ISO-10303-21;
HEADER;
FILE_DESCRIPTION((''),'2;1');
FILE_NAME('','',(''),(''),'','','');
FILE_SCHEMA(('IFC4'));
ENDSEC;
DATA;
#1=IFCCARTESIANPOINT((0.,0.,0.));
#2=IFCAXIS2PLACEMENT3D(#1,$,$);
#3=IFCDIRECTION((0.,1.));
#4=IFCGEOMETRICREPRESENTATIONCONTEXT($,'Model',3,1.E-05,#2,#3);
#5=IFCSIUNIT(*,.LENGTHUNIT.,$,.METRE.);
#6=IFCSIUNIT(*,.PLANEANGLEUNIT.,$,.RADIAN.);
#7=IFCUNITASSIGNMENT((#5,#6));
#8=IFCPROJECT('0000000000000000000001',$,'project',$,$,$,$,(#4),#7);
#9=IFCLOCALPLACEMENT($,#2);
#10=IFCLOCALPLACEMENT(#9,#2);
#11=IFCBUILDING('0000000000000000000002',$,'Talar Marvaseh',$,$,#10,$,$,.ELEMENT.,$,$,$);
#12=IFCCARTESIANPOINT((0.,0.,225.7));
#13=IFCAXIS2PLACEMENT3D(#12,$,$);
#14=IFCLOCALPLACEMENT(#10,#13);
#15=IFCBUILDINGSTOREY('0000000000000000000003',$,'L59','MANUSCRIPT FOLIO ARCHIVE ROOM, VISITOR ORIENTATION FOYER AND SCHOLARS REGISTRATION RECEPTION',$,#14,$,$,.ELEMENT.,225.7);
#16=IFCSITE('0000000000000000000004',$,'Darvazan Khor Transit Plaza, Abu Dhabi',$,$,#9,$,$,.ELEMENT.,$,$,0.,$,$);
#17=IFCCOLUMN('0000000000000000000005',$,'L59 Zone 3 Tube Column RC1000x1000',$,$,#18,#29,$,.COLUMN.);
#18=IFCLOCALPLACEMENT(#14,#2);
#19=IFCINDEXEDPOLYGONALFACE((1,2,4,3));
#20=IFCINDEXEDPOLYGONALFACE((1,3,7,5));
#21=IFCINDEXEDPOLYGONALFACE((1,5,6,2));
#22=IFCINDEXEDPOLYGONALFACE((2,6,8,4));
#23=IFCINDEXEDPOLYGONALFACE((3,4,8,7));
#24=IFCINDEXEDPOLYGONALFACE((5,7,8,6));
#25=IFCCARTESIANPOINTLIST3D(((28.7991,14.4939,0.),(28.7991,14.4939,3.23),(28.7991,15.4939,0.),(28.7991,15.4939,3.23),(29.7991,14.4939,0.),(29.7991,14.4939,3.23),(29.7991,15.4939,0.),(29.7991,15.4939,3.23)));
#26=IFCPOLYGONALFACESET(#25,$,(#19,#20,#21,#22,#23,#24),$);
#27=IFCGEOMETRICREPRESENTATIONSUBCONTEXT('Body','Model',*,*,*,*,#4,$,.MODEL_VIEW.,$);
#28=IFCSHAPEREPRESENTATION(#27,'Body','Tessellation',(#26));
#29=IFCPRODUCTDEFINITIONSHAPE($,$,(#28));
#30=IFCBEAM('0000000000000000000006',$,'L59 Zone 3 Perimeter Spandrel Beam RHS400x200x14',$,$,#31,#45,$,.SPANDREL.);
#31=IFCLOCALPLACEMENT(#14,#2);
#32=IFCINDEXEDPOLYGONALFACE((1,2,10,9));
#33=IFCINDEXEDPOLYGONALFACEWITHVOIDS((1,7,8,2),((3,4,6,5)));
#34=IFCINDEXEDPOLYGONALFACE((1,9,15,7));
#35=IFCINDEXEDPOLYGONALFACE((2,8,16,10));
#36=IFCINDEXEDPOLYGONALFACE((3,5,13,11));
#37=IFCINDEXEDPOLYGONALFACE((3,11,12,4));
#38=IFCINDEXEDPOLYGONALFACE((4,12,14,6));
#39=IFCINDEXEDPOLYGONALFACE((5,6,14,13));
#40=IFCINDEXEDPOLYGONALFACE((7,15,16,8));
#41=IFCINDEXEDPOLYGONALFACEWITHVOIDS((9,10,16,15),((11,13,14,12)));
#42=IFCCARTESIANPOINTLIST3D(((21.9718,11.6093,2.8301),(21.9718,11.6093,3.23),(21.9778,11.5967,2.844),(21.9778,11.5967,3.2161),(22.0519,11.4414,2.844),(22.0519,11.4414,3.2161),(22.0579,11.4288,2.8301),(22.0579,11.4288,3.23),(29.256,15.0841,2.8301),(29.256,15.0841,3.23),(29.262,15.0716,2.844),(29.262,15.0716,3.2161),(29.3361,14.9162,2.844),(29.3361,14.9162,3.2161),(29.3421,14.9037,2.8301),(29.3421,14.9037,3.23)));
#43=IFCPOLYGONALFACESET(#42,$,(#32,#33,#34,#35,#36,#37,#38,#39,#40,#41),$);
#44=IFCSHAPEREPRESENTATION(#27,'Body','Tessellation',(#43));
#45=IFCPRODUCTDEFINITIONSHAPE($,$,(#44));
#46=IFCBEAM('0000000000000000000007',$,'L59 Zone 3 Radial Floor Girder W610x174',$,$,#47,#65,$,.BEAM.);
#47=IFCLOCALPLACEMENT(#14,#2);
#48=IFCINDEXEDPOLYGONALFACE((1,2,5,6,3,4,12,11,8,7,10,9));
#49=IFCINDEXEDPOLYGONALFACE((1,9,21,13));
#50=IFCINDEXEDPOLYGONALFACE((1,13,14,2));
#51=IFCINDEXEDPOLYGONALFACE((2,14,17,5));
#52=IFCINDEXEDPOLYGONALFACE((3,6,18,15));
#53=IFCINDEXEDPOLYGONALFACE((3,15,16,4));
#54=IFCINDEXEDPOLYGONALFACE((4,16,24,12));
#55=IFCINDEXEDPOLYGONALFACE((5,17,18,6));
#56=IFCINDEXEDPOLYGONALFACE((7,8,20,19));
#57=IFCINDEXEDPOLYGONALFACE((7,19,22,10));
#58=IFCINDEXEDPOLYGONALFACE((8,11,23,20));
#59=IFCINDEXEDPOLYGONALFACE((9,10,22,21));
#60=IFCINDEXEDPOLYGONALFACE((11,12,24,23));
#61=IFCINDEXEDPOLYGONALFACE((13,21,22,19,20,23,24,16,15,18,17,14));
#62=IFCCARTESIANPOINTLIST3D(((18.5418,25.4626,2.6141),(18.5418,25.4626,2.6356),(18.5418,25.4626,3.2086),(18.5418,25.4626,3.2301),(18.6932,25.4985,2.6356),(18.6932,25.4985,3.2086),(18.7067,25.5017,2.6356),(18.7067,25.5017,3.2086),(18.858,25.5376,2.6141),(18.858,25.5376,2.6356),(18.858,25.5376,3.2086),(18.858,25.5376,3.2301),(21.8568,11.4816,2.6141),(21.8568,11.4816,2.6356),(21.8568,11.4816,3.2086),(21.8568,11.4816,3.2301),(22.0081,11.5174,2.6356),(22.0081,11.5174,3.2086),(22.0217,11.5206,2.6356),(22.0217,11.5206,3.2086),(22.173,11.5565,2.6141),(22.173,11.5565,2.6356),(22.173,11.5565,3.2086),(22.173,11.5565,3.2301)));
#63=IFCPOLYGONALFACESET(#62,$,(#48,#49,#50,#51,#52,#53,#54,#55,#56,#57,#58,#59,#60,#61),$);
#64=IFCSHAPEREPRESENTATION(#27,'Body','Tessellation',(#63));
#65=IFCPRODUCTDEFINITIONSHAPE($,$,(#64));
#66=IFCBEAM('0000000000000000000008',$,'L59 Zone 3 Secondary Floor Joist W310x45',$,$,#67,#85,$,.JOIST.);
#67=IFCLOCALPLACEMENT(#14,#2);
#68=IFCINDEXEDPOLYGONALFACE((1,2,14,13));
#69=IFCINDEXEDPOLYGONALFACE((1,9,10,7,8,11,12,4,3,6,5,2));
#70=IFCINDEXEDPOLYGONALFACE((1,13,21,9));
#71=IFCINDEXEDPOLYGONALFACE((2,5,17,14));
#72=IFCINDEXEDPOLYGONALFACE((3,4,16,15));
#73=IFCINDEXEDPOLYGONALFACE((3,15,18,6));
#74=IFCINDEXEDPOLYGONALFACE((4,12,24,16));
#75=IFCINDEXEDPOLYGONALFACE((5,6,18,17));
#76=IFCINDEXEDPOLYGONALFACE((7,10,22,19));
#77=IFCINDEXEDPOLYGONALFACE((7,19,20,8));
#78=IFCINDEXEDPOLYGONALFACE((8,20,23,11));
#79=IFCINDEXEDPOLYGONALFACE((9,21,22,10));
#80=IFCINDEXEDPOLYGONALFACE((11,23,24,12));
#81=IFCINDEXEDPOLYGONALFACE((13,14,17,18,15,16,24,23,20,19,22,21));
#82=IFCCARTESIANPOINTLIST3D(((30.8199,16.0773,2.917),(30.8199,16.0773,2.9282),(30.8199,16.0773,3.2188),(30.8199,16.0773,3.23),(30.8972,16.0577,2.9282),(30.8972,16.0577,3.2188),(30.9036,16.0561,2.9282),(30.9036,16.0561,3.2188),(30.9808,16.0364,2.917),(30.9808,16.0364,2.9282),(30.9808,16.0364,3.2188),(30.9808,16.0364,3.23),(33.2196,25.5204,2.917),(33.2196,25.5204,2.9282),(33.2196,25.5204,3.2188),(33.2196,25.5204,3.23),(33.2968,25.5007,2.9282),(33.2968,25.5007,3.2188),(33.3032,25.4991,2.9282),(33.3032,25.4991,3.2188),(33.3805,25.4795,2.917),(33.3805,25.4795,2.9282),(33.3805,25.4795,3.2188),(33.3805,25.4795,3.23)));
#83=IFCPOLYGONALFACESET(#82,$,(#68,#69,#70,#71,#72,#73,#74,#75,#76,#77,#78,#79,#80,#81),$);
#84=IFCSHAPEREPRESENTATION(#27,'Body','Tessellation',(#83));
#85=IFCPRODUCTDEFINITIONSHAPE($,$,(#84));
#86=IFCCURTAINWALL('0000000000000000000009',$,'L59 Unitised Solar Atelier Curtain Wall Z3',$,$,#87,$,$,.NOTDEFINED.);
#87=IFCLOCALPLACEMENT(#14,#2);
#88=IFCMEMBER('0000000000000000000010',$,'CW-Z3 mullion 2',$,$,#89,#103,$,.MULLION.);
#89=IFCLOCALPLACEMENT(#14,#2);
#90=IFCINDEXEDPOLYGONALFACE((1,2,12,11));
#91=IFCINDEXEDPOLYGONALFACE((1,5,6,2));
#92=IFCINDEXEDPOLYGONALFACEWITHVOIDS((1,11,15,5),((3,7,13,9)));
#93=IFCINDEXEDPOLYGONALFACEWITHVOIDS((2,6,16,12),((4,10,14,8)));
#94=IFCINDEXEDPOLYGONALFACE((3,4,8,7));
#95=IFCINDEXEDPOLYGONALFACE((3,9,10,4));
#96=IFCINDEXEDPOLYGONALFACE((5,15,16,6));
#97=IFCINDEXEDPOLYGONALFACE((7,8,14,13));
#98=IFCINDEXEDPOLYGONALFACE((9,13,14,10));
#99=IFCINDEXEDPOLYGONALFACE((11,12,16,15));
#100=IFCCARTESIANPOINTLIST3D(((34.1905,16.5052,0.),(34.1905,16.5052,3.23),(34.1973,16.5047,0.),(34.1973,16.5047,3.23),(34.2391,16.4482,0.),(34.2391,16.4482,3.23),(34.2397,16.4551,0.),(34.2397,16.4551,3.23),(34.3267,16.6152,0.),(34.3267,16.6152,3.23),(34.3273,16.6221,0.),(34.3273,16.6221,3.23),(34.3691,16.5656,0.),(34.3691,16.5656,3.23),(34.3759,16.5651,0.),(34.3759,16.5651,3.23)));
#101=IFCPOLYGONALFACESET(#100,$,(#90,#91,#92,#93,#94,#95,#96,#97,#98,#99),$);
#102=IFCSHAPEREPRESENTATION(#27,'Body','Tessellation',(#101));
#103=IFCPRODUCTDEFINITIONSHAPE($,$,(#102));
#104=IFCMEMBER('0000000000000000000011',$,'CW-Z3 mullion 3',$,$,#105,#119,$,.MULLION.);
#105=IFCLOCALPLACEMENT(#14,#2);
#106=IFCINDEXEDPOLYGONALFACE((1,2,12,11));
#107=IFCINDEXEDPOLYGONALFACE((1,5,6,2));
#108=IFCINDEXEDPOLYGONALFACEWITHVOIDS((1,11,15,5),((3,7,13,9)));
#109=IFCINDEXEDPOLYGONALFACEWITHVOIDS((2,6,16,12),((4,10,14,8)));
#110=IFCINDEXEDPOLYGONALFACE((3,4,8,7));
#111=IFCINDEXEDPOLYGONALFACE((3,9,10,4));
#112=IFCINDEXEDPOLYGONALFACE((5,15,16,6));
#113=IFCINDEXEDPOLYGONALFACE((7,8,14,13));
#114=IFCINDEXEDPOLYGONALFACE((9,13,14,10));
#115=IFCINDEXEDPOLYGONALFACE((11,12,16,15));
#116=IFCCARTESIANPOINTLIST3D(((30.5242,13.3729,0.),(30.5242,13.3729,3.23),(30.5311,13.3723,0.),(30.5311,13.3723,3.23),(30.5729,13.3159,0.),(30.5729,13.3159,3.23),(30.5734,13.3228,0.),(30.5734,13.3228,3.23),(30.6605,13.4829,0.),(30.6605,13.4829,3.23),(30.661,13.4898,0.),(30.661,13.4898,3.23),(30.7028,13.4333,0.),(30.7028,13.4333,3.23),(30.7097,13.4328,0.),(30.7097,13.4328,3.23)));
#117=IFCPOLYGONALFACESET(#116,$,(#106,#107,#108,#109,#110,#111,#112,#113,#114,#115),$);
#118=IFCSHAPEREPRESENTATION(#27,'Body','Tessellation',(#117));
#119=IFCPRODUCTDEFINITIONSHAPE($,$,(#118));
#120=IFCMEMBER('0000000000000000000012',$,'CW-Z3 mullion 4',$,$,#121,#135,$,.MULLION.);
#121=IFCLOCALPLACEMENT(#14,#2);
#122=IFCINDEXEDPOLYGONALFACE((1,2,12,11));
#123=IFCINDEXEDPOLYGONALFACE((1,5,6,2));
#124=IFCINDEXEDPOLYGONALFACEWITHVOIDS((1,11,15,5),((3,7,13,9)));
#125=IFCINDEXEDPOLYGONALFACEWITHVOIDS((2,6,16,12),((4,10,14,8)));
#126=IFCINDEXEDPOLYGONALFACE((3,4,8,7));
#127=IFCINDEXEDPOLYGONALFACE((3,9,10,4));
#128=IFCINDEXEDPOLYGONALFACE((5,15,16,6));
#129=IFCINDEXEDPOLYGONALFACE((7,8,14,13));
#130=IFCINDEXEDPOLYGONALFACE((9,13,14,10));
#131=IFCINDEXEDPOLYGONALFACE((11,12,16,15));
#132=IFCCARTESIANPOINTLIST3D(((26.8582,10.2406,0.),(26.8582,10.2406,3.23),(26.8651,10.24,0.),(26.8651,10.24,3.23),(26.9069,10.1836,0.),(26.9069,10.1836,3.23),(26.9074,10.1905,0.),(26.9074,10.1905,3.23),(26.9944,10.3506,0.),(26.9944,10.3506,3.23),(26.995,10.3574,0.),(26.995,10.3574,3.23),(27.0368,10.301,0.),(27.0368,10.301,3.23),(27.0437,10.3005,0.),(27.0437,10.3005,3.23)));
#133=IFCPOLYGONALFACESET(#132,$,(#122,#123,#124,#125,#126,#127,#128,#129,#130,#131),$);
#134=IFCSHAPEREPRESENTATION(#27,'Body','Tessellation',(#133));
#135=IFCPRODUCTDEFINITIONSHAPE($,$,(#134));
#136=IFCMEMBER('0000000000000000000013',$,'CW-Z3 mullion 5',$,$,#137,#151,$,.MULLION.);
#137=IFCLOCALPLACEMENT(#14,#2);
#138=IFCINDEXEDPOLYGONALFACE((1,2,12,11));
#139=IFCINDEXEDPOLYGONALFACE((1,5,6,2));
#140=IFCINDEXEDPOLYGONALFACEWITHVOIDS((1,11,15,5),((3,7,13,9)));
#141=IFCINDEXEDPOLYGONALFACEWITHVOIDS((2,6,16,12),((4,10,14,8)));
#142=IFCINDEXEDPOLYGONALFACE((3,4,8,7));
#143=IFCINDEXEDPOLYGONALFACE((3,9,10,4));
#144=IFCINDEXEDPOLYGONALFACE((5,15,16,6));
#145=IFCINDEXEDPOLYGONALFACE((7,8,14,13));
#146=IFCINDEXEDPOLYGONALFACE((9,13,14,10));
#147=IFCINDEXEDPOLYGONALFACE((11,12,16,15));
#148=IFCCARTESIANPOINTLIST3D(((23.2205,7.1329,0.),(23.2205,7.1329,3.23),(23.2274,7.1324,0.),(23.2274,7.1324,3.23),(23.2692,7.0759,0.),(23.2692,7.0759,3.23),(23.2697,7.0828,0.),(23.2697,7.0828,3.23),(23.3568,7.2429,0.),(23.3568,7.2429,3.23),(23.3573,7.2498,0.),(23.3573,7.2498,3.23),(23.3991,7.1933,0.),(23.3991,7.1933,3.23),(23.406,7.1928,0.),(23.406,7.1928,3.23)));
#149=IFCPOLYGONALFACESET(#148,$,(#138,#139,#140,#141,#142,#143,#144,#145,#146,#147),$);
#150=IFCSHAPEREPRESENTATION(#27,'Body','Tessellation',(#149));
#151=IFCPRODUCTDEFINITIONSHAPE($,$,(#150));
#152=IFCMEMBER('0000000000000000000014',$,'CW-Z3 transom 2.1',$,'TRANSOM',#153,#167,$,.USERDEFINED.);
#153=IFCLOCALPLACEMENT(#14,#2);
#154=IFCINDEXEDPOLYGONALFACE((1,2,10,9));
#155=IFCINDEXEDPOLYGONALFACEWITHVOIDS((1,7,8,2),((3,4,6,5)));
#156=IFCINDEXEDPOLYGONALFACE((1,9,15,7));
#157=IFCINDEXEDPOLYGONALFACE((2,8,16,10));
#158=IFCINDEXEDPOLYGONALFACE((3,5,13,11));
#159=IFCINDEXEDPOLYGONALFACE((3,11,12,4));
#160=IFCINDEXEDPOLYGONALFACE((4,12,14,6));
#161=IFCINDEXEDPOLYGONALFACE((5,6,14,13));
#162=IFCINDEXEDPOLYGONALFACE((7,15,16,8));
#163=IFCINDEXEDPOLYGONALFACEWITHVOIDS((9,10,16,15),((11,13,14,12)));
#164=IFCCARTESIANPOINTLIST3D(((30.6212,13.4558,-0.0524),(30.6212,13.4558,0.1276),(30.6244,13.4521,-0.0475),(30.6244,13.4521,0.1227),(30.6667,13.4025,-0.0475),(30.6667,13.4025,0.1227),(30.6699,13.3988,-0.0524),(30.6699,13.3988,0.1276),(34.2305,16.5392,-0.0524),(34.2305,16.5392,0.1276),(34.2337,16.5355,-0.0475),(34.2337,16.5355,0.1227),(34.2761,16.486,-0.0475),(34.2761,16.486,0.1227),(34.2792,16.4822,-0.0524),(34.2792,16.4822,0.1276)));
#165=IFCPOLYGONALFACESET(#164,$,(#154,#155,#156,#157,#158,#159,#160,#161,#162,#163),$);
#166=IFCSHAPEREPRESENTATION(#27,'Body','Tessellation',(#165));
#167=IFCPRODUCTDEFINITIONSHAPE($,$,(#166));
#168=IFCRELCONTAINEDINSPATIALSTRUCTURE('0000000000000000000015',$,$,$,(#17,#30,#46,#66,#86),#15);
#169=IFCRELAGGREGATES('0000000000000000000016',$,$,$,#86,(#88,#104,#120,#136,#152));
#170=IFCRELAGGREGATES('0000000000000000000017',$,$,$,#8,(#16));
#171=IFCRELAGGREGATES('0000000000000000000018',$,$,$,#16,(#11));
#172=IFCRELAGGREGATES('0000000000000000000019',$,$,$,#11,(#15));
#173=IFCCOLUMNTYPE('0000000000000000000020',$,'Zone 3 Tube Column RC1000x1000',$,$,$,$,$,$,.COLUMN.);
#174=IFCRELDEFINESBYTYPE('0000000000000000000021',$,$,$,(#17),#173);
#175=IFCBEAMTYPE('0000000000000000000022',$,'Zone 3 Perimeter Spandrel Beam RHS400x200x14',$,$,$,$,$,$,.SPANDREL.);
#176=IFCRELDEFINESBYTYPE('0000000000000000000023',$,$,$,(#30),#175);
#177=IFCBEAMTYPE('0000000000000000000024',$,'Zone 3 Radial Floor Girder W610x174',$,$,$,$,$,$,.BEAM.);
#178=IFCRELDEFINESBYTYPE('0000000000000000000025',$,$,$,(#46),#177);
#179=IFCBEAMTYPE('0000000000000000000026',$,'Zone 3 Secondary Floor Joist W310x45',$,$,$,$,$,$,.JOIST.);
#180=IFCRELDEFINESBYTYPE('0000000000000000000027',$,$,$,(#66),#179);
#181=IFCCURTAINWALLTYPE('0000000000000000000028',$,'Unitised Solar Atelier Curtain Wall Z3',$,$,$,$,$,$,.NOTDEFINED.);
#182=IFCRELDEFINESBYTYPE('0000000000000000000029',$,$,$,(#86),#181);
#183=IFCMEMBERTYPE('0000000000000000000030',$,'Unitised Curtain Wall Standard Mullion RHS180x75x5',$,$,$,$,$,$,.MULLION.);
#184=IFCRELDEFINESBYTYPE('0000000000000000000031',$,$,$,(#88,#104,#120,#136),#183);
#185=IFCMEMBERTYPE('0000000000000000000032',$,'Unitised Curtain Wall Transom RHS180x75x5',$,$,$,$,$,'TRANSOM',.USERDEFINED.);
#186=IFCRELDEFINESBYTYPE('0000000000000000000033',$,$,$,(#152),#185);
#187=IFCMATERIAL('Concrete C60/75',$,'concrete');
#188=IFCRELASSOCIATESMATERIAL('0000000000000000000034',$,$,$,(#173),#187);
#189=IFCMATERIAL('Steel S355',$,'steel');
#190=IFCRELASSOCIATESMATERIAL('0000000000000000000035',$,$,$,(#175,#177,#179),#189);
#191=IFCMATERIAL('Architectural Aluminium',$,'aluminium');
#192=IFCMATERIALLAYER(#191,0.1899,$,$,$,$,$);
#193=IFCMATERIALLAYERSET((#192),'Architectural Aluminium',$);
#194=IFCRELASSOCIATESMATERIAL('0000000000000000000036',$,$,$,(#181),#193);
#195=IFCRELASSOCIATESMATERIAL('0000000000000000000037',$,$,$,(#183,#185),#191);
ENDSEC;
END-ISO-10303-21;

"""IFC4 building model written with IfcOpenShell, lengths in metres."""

from ifc_helpers import new_model, si_unit, direction, frame, origin, origin_2d, place, context, subcontext, project, spatial, rectangle, hollow_rectangle, i_section, extrude, source, transform, mapped, material, layer, layer_set, material_profile, profile_set, type_object, type_shapes, element, aggregate, save


model = new_model("IFC4")

# Units and contexts
model_context = context("Model", 3, precision=1e-05, world=origin(), true_north=direction((0.0, 1.0)))
body_context = subcontext(model_context, "Body", "Model", "MODEL_VIEW")
ifc_project = project(units=[si_unit("LENGTHUNIT", "METRE"), si_unit("PLANEANGLEUNIT", "RADIAN")], contexts=[model_context])

# Site, building, storey
site_placement = place(None, origin())
site = spatial("IfcSite", under=ifc_project, at=site_placement, Name="Darvazan Khor Transit Plaza, Abu Dhabi", CompositionType="ELEMENT", RefElevation=0.0)
building_placement = place(site_placement, origin())
building = spatial("IfcBuilding", under=site, at=building_placement, Name="Talar Marvaseh", CompositionType="ELEMENT")
storey_placement = place(building_placement, frame((0.0, 0.0, 225.7)))
storey = spatial("IfcBuildingStorey", under=building, at=storey_placement, Name="L59", Description="MANUSCRIPT FOLIO ARCHIVE ROOM, VISITOR ORIENTATION FOYER AND SCHOLARS REGISTRATION RECEPTION", CompositionType="ELEMENT", Elevation=225.7)

# Column
ifc_material_1 = material(Name="Concrete C60/75", Category="concrete")
ifc_material_profile_1 = material_profile(ifc_material_1, rectangle(XDim=1.0, YDim=1.0, at=origin_2d()), Name="RC1000x1000")
ifc_profile_set_1 = profile_set([ifc_material_profile_1], Name="Concrete C60/75")
column_type = type_object("IfcColumnType", Name="Zone 3 Tube Column RC1000x1000", PredefinedType="COLUMN", material=ifc_profile_set_1)
column_placement = place(storey_placement, frame((29.2991, 14.9939, 0.0), z_axis=(0.0, 0.0, 1.0), x_axis=(1.0, 0.0, 0.0)))
element("IfcColumn", 1, at=column_placement, inside=storey, type_object=column_type, Name="L59 Zone 3 Tube Column RC1000x1000", PredefinedType="COLUMN", context=body_context, shape_type="SweptSolid", body=[
    extrude(rectangle(XDim=1.0, YDim=1.0, at=origin_2d()), origin(), (0.0, 0.0, 1.0), 3.23),
])

# Beams
ifc_material_2 = material(Name="Steel S355", Category="steel")
ifc_material_profile_2 = material_profile(ifc_material_2, hollow_rectangle(XDim=0.2, YDim=0.3999, WallThickness=0.0139, at=origin_2d()), Name="RHS400x200x14")
ifc_profile_set_2 = profile_set([ifc_material_profile_2], Name="Steel S355")
beam_type_1 = type_object("IfcBeamType", Name="Zone 3 Perimeter Spandrel Beam RHS400x200x14", PredefinedType="SPANDREL", material=ifc_profile_set_2)
beam_1_placement = place(storey_placement, frame((29.2991, 14.9939, 3.03), z_axis=(-0.902562, -0.430559, 0.0), x_axis=(0.430559, -0.902562, 0.0)))
element("IfcBeam", 2, at=beam_1_placement, inside=storey, type_object=beam_type_1, Name="L59 Zone 3 Perimeter Spandrel Beam RHS400x200x14", PredefinedType="SPANDREL", context=body_context, shape_type="SweptSolid", body=[
    extrude(hollow_rectangle(XDim=0.2, YDim=0.3999, WallThickness=0.0139, at=origin_2d()), origin(), (0.0, 0.0, 1.0), 8.0706),
])
ifc_material_profile_3 = material_profile(ifc_material_2, i_section(OverallWidth=0.325, OverallDepth=0.616, WebThickness=0.0139, FlangeThickness=0.0215, at=origin_2d()), Name="W610x174")
ifc_profile_set_3 = profile_set([ifc_material_profile_3], Name="Steel S355")
beam_type_2 = type_object("IfcBeamType", Name="Zone 3 Radial Floor Girder W610x174", PredefinedType="BEAM", material=ifc_profile_set_3)
beam_2_placement = place(storey_placement, frame((22.0149, 11.519, 2.9221), z_axis=(-0.230708, 0.973023, 0.0), x_axis=(-0.973023, -0.230708, 0.0)))
element("IfcBeam", 3, at=beam_2_placement, inside=storey, type_object=beam_type_2, Name="L59 Zone 3 Radial Floor Girder W610x174", PredefinedType="BEAM", context=body_context, shape_type="SweptSolid", body=[
    extrude(i_section(OverallWidth=0.325, OverallDepth=0.616, WebThickness=0.0139, FlangeThickness=0.0215, at=origin_2d()), origin(), (0.0, 0.0, 1.0), 14.3687),
])
ifc_material_profile_4 = material_profile(ifc_material_2, i_section(OverallWidth=0.166, OverallDepth=0.313, WebThickness=0.0066, FlangeThickness=0.0112, at=origin_2d()), Name="W310x45")
ifc_profile_set_4 = profile_set([ifc_material_profile_4], Name="Steel S355")
beam_type_3 = type_object("IfcBeamType", Name="Zone 3 Secondary Floor Joist W310x45", PredefinedType="JOIST", material=ifc_profile_set_4)
beam_3_placement = place(storey_placement, frame((30.9004, 16.0569, 3.0735), z_axis=(0.246289, 0.969196, 0.0), x_axis=(-0.969196, 0.246289, 0.0)))
element("IfcBeam", 4, at=beam_3_placement, inside=storey, type_object=beam_type_3, Name="L59 Zone 3 Secondary Floor Joist W310x45", PredefinedType="JOIST", context=body_context, shape_type="SweptSolid", body=[
    extrude(i_section(OverallWidth=0.166, OverallDepth=0.313, WebThickness=0.0066, FlangeThickness=0.0112, at=origin_2d()), origin(), (0.0, 0.0, 1.0), 9.7432),
])

# Curtain wall, members
ifc_material_3 = material(Name="Architectural Aluminium", Category="aluminium")
ifc_layer_1 = layer(ifc_material_3, 0.1899)
ifc_layer_set_1 = layer_set([ifc_layer_1], Name="Architectural Aluminium")
curtain_wall_type = type_object("IfcCurtainWallType", Name="Unitised Solar Atelier Curtain Wall Z3", PredefinedType="NOTDEFINED", material=ifc_layer_set_1)
curtain_wall_placement = place(storey_placement, origin())
curtain_wall = element("IfcCurtainWall", 5, at=curtain_wall_placement, inside=storey, type_object=curtain_wall_type, Name="L59 Unitised Solar Atelier Curtain Wall Z3", PredefinedType="NOTDEFINED")
ifc_material_profile_5 = material_profile(ifc_material_3, hollow_rectangle(XDim=0.075, YDim=0.1799, WallThickness=0.0049, at=origin_2d()), Name="RHS180x75x5")
ifc_profile_set_5 = profile_set([ifc_material_profile_5], Name="Architectural Aluminium")
member_type_1 = type_object("IfcMemberType", Name="Unitised Curtain Wall Standard Mullion RHS180x75x5", PredefinedType="MULLION", material=ifc_profile_set_5)
shared_shape_1 = source(origin(), body_context, "Body", "SweptSolid", [
    extrude(hollow_rectangle(XDim=0.075, YDim=0.1799, WallThickness=0.0049, at=origin_2d()), origin(), (0.0, 0.0, 1.0), 3.23),
])
type_shapes(member_type_1, [shared_shape_1])
member_1_placement = place(storey_placement, frame((34.2832, 16.5352, 0.0), z_axis=(0.0, 0.0, 1.0), x_axis=(0.649565, -0.760306, 0.0)))
member_1 = element("IfcMember", 6, at=member_1_placement, type_object=member_type_1, Name="CW-Z3 mullion 2", PredefinedType="MULLION", context=body_context, shape_type="MappedRepresentation", body=[
    mapped(shared_shape_1, transform((0.0, 0.0, 0.0), x_axis=(1.0, 0.0, 0.0), y_axis=(0.0, 1.0, 0.0), z_axis=(0.0, 0.0, 1.0), scale=1.0)),
])
member_2_placement = place(storey_placement, frame((30.6169, 13.4028, 0.0), z_axis=(0.0, 0.0, 1.0), x_axis=(0.649565, -0.760306, 0.0)))
member_2 = element("IfcMember", 7, at=member_2_placement, type_object=member_type_1, Name="CW-Z3 mullion 3", PredefinedType="MULLION", context=body_context, shape_type="MappedRepresentation", body=[
    mapped(shared_shape_1, transform((0.0, 0.0, 0.0), x_axis=(1.0, 0.0, 0.0), y_axis=(0.0, 1.0, 0.0), z_axis=(0.0, 0.0, 1.0), scale=1.0)),
])
member_3_placement = place(storey_placement, frame((26.9509, 10.2705, 0.0), z_axis=(0.0, 0.0, 1.0), x_axis=(0.649565, -0.760306, 0.0)))
member_3 = element("IfcMember", 8, at=member_3_placement, type_object=member_type_1, Name="CW-Z3 mullion 4", PredefinedType="MULLION", context=body_context, shape_type="MappedRepresentation", body=[
    mapped(shared_shape_1, transform((0.0, 0.0, 0.0), x_axis=(1.0, 0.0, 0.0), y_axis=(0.0, 1.0, 0.0), z_axis=(0.0, 0.0, 1.0), scale=1.0)),
])
member_4_placement = place(storey_placement, frame((23.3132, 7.1628, 0.0), z_axis=(0.0, 0.0, 1.0), x_axis=(0.649565, -0.760306, 0.0)))
member_4 = element("IfcMember", 9, at=member_4_placement, type_object=member_type_1, Name="CW-Z3 mullion 5", PredefinedType="MULLION", context=body_context, shape_type="MappedRepresentation", body=[
    mapped(shared_shape_1, transform((0.0, 0.0, 0.0), x_axis=(1.0, 0.0, 0.0), y_axis=(0.0, 1.0, 0.0), z_axis=(0.0, 0.0, 1.0), scale=1.0)),
])
ifc_material_profile_6 = material_profile(ifc_material_3, hollow_rectangle(XDim=0.075, YDim=0.1799, WallThickness=0.0049, at=origin_2d()), Name="RHS180x75x5")
ifc_profile_set_6 = profile_set([ifc_material_profile_6], Name="Architectural Aluminium")
member_type_2 = type_object("IfcMemberType", Name="Unitised Curtain Wall Transom RHS180x75x5", ElementType="TRANSOM", PredefinedType="USERDEFINED", material=ifc_profile_set_6)
shared_shape_2 = source(origin(), body_context, "Body", "SweptSolid", [
    extrude(hollow_rectangle(XDim=0.075, YDim=0.1799, WallThickness=0.0049, at=origin_2d()), origin(), (0.0, 0.0, 1.0), 4.7471),
])
member_5_placement = place(storey_placement, frame((34.2549, 16.5107, 0.0376), z_axis=(-0.760323, -0.649545, 0.0), x_axis=(0.649545, -0.760323, 0.0)))
member_5 = element("IfcMember", 10, at=member_5_placement, type_object=member_type_2, Name="CW-Z3 transom 2.1", ObjectType="TRANSOM", PredefinedType="USERDEFINED", context=body_context, shape_type="MappedRepresentation", body=[
    mapped(shared_shape_2, transform((0.0, 0.0, 0.0), x_axis=(1.0, 0.0, 0.0), y_axis=(0.0, 1.0, 0.0), z_axis=(0.0, 0.0, 1.0), scale=1.0)),
])
aggregate(curtain_wall, [member_1, member_2, member_3, member_4, member_5])

save(model, "model.ifc")
